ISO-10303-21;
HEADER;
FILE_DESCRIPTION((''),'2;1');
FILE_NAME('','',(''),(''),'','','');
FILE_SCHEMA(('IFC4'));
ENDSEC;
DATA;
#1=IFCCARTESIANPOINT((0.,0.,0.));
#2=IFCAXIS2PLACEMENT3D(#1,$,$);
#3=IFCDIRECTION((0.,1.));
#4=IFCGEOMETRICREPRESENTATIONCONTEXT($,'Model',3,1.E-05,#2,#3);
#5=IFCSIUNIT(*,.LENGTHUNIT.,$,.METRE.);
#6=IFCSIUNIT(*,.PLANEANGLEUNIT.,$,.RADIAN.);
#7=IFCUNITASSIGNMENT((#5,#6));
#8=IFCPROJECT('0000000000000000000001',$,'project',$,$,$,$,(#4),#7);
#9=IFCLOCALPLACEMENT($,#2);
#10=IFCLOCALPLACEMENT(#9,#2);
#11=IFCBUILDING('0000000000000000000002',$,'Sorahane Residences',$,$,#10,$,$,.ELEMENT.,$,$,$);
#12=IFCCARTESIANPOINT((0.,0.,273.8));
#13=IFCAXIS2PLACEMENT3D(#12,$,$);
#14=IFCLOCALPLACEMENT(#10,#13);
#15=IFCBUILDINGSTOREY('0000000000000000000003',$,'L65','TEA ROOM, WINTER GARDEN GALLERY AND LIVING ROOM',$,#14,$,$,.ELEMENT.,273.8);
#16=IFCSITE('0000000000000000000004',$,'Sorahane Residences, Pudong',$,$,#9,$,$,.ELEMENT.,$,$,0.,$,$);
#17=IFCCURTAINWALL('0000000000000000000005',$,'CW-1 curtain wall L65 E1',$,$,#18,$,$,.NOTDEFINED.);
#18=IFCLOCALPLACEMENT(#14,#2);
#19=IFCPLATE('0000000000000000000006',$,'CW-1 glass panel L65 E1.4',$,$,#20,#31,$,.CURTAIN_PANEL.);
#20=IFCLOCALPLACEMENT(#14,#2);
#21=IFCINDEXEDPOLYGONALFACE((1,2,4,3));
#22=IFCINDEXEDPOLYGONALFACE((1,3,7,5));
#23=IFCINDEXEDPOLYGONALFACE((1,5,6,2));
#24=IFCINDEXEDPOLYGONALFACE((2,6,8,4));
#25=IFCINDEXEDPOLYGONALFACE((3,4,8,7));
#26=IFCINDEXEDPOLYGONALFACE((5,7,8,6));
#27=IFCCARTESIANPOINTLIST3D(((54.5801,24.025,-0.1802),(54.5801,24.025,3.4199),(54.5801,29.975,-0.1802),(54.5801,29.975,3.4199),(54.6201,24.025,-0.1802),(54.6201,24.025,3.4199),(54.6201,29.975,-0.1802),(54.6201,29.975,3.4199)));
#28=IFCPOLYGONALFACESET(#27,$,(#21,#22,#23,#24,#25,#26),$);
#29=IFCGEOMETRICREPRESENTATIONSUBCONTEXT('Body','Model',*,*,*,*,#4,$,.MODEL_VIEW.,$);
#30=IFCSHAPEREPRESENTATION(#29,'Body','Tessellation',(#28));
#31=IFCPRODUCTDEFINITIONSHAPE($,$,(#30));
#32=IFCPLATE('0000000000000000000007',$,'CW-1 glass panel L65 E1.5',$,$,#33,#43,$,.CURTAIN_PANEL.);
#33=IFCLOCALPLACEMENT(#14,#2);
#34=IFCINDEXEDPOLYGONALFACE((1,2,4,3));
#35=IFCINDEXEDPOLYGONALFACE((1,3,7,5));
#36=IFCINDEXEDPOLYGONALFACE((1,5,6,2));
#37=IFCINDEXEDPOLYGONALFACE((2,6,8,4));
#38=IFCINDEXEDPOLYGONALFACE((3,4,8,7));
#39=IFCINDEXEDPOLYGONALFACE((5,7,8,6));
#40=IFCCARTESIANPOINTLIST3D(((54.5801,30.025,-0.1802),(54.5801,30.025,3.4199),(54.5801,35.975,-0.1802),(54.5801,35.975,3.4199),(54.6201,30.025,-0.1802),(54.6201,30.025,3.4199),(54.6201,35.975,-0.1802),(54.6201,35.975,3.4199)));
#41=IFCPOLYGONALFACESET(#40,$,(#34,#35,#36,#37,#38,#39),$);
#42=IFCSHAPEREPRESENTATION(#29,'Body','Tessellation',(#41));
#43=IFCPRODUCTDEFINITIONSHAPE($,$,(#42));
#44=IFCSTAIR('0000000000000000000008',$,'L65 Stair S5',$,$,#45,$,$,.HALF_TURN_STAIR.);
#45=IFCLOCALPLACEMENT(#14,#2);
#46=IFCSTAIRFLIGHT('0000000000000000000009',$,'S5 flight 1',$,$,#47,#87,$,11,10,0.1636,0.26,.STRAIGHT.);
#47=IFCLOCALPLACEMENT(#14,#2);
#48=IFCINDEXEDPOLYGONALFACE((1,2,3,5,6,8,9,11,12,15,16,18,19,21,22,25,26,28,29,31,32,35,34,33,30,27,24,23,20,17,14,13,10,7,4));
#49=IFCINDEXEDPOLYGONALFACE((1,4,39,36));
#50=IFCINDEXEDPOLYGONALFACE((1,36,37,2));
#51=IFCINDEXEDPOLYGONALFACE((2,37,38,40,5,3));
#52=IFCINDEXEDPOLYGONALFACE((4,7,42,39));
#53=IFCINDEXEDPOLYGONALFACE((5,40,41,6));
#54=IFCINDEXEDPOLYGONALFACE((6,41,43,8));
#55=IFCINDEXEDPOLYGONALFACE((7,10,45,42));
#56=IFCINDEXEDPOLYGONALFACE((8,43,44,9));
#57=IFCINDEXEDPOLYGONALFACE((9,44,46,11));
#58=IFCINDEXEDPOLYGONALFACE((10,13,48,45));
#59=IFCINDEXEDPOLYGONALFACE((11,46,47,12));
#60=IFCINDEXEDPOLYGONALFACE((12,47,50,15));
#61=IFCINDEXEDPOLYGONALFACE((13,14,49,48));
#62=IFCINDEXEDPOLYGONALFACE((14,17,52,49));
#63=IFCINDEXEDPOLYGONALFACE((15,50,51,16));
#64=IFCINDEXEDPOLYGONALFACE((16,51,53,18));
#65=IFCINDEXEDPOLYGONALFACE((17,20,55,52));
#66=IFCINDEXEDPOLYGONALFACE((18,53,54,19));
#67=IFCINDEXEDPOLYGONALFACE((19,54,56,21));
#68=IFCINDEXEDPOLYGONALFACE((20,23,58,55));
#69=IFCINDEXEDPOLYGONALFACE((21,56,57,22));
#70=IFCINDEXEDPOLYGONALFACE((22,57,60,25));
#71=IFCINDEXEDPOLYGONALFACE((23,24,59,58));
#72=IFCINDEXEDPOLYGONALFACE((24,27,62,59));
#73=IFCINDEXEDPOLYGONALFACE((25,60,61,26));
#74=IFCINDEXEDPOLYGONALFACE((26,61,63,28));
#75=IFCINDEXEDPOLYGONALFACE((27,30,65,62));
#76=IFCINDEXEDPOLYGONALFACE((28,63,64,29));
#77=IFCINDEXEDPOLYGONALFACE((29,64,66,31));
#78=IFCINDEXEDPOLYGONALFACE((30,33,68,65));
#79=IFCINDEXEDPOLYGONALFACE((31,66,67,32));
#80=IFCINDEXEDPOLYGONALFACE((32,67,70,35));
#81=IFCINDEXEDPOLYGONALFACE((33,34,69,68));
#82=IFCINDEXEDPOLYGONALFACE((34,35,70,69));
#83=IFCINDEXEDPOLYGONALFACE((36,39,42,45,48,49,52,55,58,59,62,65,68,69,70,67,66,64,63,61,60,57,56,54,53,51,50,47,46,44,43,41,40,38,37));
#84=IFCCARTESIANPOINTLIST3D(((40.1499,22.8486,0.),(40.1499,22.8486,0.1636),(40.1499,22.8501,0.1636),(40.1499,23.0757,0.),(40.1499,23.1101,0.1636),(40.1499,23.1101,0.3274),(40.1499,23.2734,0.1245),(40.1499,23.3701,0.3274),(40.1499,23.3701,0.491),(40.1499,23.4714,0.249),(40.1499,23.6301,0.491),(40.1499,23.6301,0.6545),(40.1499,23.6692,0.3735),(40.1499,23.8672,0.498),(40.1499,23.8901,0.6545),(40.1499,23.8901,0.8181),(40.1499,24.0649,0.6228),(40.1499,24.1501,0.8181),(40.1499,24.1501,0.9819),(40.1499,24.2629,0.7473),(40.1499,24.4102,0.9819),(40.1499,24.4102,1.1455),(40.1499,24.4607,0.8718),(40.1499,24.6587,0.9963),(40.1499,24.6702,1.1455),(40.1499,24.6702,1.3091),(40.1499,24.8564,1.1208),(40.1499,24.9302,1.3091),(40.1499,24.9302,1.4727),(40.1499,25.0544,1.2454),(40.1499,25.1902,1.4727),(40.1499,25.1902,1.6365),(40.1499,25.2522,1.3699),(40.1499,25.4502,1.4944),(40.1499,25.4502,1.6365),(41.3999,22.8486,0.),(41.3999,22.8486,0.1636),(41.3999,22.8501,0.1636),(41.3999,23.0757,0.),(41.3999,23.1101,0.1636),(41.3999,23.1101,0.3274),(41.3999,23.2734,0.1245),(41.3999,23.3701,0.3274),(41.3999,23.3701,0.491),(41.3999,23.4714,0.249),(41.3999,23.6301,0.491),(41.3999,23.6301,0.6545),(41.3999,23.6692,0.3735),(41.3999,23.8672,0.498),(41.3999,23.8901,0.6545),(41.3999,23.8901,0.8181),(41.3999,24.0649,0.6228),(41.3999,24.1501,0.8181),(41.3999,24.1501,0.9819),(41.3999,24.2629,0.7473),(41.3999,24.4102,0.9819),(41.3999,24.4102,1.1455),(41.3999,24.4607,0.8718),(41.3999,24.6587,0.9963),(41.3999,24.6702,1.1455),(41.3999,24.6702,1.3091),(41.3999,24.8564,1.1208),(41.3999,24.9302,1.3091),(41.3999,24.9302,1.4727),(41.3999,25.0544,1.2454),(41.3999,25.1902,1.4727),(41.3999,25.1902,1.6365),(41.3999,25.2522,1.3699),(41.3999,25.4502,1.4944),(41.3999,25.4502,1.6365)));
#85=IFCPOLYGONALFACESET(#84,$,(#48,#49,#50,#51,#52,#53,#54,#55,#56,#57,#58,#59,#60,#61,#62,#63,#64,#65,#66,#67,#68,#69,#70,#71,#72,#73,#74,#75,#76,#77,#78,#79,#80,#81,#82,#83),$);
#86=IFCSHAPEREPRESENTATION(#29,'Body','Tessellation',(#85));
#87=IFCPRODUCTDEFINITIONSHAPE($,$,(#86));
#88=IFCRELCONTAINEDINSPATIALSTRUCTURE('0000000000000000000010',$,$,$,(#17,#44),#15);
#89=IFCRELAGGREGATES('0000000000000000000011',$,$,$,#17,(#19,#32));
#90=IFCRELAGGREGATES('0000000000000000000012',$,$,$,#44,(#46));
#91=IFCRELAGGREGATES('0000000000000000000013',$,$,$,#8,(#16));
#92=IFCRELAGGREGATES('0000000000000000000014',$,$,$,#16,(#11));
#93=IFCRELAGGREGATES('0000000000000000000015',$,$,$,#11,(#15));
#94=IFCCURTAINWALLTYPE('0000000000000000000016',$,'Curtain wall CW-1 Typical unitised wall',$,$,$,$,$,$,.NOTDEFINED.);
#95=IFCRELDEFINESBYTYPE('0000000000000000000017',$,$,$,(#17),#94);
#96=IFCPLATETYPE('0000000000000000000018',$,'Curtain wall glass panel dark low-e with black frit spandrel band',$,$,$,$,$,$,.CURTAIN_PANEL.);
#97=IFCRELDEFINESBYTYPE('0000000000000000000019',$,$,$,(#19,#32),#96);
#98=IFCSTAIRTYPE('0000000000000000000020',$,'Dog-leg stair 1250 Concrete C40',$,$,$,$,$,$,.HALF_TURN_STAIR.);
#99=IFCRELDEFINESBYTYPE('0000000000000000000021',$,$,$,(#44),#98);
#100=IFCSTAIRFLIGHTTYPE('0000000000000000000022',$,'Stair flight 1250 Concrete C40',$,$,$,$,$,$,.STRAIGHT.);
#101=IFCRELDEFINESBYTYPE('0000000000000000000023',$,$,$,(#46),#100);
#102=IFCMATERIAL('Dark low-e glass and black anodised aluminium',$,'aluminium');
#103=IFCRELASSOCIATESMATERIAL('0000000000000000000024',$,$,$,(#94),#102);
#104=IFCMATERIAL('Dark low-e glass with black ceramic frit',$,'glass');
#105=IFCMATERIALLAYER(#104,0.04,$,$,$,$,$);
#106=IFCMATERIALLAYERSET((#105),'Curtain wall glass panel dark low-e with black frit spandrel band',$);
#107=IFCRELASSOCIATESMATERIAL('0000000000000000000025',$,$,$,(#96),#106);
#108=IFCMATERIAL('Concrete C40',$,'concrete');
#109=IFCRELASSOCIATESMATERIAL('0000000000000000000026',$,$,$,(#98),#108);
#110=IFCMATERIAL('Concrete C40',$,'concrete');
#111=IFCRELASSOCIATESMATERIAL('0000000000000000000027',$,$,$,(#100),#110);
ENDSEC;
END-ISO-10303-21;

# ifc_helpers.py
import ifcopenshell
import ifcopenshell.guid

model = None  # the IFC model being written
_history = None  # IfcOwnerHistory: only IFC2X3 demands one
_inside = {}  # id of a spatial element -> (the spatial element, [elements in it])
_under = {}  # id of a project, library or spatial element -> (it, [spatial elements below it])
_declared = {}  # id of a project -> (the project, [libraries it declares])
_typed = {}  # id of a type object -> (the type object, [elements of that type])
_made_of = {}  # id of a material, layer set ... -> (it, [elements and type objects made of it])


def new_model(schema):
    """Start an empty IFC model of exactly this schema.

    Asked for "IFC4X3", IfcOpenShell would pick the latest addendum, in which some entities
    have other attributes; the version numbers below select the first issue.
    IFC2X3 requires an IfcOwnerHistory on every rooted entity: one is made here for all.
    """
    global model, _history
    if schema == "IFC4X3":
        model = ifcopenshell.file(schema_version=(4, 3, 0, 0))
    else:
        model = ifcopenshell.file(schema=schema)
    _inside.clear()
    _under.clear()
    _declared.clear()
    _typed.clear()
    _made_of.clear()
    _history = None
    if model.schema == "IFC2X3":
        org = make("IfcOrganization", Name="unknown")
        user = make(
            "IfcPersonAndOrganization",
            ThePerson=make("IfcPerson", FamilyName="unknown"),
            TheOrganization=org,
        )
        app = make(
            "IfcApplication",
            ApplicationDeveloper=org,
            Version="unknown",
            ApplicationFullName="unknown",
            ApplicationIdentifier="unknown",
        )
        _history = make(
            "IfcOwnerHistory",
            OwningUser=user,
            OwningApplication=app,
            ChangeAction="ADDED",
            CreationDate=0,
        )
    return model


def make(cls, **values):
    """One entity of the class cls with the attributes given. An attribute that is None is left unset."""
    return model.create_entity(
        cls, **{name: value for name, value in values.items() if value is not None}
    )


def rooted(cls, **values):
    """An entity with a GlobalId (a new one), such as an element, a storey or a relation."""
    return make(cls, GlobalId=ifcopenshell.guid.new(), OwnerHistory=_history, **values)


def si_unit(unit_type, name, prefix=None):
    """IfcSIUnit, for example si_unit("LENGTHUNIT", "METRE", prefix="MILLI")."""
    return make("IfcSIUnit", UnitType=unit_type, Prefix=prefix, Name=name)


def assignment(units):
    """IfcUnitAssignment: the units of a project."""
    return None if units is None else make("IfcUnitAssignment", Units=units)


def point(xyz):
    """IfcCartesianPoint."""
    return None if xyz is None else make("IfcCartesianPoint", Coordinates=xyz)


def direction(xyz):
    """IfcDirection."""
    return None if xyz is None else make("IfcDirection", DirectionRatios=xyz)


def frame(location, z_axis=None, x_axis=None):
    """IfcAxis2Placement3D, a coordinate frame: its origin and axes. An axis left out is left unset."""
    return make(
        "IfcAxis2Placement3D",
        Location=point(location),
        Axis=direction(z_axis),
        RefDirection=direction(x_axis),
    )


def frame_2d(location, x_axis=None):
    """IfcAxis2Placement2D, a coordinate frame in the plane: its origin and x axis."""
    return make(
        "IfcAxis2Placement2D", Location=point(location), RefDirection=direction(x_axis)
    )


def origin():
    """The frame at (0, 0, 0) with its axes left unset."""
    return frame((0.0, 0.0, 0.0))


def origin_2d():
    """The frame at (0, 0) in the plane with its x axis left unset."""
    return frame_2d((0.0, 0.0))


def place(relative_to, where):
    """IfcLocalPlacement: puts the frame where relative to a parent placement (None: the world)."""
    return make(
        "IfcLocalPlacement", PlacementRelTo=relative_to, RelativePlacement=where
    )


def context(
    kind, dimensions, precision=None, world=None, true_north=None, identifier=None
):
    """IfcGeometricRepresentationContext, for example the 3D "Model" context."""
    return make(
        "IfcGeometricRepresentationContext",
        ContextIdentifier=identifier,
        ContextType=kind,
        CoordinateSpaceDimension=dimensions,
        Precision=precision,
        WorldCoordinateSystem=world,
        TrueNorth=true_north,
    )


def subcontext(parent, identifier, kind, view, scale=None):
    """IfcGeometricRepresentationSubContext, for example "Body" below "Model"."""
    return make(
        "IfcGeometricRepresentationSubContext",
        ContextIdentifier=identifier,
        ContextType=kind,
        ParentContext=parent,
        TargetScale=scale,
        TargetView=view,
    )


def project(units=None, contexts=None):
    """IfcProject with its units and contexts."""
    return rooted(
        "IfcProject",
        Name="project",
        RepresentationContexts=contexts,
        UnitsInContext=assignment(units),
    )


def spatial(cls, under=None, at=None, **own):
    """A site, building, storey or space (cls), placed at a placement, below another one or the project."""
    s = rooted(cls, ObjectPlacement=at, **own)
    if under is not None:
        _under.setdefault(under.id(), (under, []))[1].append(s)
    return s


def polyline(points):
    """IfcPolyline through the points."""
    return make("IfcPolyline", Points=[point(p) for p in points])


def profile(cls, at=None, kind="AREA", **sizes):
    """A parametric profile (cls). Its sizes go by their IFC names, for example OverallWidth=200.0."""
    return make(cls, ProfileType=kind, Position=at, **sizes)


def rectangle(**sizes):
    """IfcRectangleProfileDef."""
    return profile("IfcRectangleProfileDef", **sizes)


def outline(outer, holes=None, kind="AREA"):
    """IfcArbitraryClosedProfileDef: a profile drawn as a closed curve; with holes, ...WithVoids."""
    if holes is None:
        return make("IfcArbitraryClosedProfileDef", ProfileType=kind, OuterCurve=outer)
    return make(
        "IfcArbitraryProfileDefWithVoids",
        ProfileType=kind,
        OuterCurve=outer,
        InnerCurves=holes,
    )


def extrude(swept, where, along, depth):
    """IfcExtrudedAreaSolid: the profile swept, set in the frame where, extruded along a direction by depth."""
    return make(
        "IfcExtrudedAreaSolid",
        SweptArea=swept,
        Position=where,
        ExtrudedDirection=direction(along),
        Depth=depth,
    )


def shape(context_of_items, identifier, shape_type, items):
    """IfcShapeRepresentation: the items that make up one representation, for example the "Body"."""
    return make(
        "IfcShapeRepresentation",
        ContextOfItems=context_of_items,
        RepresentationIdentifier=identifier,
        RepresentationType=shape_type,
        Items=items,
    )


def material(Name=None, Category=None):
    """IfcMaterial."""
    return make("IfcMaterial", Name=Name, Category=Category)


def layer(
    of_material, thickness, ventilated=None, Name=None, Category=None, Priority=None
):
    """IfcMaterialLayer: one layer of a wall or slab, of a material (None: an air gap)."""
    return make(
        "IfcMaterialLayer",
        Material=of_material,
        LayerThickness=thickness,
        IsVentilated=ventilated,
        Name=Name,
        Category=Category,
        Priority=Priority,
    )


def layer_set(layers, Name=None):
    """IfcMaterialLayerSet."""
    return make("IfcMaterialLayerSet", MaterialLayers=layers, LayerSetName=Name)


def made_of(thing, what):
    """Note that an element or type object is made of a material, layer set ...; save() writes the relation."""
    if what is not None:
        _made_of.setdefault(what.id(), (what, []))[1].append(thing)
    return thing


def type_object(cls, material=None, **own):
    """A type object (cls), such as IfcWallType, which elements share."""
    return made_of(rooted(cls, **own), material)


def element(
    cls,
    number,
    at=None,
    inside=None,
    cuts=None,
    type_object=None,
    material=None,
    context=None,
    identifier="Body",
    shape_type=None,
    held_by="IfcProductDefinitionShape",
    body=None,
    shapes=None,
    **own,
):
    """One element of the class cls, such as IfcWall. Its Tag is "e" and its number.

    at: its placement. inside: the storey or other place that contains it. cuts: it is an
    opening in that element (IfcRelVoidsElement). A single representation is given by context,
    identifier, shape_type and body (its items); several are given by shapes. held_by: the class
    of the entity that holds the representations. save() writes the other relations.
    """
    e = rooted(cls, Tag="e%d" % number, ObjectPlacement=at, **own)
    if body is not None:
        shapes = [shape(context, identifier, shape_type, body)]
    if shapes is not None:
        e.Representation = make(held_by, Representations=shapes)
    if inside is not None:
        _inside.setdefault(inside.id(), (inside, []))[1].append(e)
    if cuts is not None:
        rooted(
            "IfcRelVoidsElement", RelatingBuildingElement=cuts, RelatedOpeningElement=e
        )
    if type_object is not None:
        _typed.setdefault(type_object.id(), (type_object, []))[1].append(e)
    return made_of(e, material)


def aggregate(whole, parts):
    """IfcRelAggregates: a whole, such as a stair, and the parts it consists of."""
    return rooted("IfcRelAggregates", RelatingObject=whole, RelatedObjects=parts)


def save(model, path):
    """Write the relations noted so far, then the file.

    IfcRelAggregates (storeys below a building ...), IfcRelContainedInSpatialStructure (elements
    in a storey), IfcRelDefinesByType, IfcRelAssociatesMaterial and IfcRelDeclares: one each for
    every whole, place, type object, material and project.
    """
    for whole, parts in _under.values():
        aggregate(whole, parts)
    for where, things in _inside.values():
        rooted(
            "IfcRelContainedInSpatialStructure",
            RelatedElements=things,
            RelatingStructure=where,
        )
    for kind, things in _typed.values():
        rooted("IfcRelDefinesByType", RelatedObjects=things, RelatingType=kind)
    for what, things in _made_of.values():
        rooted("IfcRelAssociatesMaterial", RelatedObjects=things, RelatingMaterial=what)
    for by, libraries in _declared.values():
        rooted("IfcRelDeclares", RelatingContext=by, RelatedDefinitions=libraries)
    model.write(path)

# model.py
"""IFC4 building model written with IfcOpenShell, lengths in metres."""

from ifc_helpers import new_model, si_unit, direction, frame, origin, origin_2d, place, context, subcontext, project, spatial, polyline, rectangle, outline, extrude, material, layer, layer_set, type_object, element, aggregate, save


model = new_model("IFC4")

# Units and contexts
model_context = context("Model", 3, precision=1e-05, world=origin(), true_north=direction((0.0, 1.0)))
body_context = subcontext(model_context, "Body", "Model", "MODEL_VIEW")
ifc_project = project(units=[si_unit("LENGTHUNIT", "METRE"), si_unit("PLANEANGLEUNIT", "RADIAN")], contexts=[model_context])

# Site, building, storey
site_placement = place(None, origin())
site = spatial("IfcSite", under=ifc_project, at=site_placement, Name="Sorahane Residences, Pudong", CompositionType="ELEMENT", RefElevation=0.0)
building_placement = place(site_placement, origin())
building = spatial("IfcBuilding", under=site, at=building_placement, Name="Sorahane Residences", CompositionType="ELEMENT")
storey_placement = place(building_placement, frame((0.0, 0.0, 273.8)))
storey = spatial("IfcBuildingStorey", under=building, at=storey_placement, Name="L65", Description="TEA ROOM, WINTER GARDEN GALLERY AND LIVING ROOM", CompositionType="ELEMENT", Elevation=273.8)

# Curtain wall
ifc_material_1 = material(Name="Dark low-e glass and black anodised aluminium", Category="aluminium")
curtain_wall_type = type_object("IfcCurtainWallType", Name="Curtain wall CW-1 Typical unitised wall", PredefinedType="NOTDEFINED", material=ifc_material_1)
curtain_wall_placement = place(storey_placement, origin())
curtain_wall = element("IfcCurtainWall", 1, at=curtain_wall_placement, inside=storey, type_object=curtain_wall_type, Name="CW-1 curtain wall L65 E1", PredefinedType="NOTDEFINED")

# Plates
ifc_material_2 = material(Name="Dark low-e glass with black ceramic frit", Category="glass")
ifc_layer = layer(ifc_material_2, 0.04)
ifc_layer_set = layer_set([ifc_layer], Name="Curtain wall glass panel dark low-e with black frit spandrel band")
plate_type = type_object("IfcPlateType", Name="Curtain wall glass panel dark low-e with black frit spandrel band", PredefinedType="CURTAIN_PANEL", material=ifc_layer_set)
plate_1_placement = place(storey_placement, frame((54.6001, 27.0, -0.1802), z_axis=(0.0, 0.0, 1.0), x_axis=(0.0, 1.0, 0.0)))
plate_1 = element("IfcPlate", 2, at=plate_1_placement, type_object=plate_type, Name="CW-1 glass panel L65 E1.4", PredefinedType="CURTAIN_PANEL", context=body_context, shape_type="SweptSolid", body=[
    extrude(rectangle(XDim=5.95, YDim=0.04, at=origin_2d()), origin(), (0.0, 0.0, 1.0), 3.6001),
])
plate_2_placement = place(storey_placement, frame((54.6001, 33.0, -0.1802), z_axis=(0.0, 0.0, 1.0), x_axis=(0.0, 1.0, 0.0)))
plate_2 = element("IfcPlate", 3, at=plate_2_placement, type_object=plate_type, Name="CW-1 glass panel L65 E1.5", PredefinedType="CURTAIN_PANEL", context=body_context, shape_type="SweptSolid", body=[
    extrude(rectangle(XDim=5.95, YDim=0.04, at=origin_2d()), origin(), (0.0, 0.0, 1.0), 3.6001),
])
aggregate(curtain_wall, [plate_1, plate_2])

# Stair, stair flight
ifc_material_3 = material(Name="Concrete C40", Category="concrete")
stair_type = type_object("IfcStairType", Name="Dog-leg stair 1250 Concrete C40", PredefinedType="HALF_TURN_STAIR", material=ifc_material_3)
stair_placement = place(storey_placement, origin())
stair = element("IfcStair", 4, at=stair_placement, inside=storey, type_object=stair_type, Name="L65 Stair S5", PredefinedType="HALF_TURN_STAIR")
ifc_material_4 = material(Name="Concrete C40", Category="concrete")
stair_flight_type = type_object("IfcStairFlightType", Name="Stair flight 1250 Concrete C40", PredefinedType="STRAIGHT", material=ifc_material_4)
stair_flight_placement = place(storey_placement, frame((40.7749, 22.8501, 0.0), z_axis=(0.0, 0.0, 1.0), x_axis=(0.0, 1.0, 0.0)))
stair_flight = element("IfcStairFlight", 5, at=stair_flight_placement, type_object=stair_flight_type, Name="S5 flight 1", NumberOfRisers=11, NumberOfTreads=10, PredefinedType="STRAIGHT", RiserHeight=0.1636, TreadLength=0.26, context=body_context, shape_type="SweptSolid", body=[
    extrude(outline(polyline([(-0.0015, 0.0), (-0.0015, 0.1636), (0.0, 0.1636), (0.26, 0.1636), (0.26, 0.3274), (0.52, 0.3274), (0.52, 0.491), (0.78, 0.491), (0.78, 0.6545), (1.04, 0.6545), (1.04, 0.8181), (1.3, 0.8181), (1.3, 0.9819), (1.5601, 0.9819), (1.5601, 1.1455), (1.8201, 1.1455), (1.8201, 1.3091), (2.0801, 1.3091), (2.0801, 1.4727), (2.3401, 1.4727), (2.3401, 1.6365), (2.6001, 1.6365), (2.6001, 1.8), (2.6001, 1.4944), (2.4021, 1.3699), (2.2043, 1.2454), (2.0063, 1.1208), (1.8086, 0.9963), (1.6106, 0.8718), (1.4128, 0.7473), (1.2148, 0.6228), (1.0171, 0.498), (0.8191, 0.3735), (0.6213, 0.249), (0.4233, 0.1245), (0.2256, 0.0), (-0.0015, 0.0)])), frame((0.0, 0.625, 0.0), z_axis=(0.0, -1.0, 0.0), x_axis=(1.0, 0.0, 0.0)), (0.0, 0.0, 1.0), 1.25),
])
aggregate(stair, [stair_flight])

save(model, "model.ifc")
